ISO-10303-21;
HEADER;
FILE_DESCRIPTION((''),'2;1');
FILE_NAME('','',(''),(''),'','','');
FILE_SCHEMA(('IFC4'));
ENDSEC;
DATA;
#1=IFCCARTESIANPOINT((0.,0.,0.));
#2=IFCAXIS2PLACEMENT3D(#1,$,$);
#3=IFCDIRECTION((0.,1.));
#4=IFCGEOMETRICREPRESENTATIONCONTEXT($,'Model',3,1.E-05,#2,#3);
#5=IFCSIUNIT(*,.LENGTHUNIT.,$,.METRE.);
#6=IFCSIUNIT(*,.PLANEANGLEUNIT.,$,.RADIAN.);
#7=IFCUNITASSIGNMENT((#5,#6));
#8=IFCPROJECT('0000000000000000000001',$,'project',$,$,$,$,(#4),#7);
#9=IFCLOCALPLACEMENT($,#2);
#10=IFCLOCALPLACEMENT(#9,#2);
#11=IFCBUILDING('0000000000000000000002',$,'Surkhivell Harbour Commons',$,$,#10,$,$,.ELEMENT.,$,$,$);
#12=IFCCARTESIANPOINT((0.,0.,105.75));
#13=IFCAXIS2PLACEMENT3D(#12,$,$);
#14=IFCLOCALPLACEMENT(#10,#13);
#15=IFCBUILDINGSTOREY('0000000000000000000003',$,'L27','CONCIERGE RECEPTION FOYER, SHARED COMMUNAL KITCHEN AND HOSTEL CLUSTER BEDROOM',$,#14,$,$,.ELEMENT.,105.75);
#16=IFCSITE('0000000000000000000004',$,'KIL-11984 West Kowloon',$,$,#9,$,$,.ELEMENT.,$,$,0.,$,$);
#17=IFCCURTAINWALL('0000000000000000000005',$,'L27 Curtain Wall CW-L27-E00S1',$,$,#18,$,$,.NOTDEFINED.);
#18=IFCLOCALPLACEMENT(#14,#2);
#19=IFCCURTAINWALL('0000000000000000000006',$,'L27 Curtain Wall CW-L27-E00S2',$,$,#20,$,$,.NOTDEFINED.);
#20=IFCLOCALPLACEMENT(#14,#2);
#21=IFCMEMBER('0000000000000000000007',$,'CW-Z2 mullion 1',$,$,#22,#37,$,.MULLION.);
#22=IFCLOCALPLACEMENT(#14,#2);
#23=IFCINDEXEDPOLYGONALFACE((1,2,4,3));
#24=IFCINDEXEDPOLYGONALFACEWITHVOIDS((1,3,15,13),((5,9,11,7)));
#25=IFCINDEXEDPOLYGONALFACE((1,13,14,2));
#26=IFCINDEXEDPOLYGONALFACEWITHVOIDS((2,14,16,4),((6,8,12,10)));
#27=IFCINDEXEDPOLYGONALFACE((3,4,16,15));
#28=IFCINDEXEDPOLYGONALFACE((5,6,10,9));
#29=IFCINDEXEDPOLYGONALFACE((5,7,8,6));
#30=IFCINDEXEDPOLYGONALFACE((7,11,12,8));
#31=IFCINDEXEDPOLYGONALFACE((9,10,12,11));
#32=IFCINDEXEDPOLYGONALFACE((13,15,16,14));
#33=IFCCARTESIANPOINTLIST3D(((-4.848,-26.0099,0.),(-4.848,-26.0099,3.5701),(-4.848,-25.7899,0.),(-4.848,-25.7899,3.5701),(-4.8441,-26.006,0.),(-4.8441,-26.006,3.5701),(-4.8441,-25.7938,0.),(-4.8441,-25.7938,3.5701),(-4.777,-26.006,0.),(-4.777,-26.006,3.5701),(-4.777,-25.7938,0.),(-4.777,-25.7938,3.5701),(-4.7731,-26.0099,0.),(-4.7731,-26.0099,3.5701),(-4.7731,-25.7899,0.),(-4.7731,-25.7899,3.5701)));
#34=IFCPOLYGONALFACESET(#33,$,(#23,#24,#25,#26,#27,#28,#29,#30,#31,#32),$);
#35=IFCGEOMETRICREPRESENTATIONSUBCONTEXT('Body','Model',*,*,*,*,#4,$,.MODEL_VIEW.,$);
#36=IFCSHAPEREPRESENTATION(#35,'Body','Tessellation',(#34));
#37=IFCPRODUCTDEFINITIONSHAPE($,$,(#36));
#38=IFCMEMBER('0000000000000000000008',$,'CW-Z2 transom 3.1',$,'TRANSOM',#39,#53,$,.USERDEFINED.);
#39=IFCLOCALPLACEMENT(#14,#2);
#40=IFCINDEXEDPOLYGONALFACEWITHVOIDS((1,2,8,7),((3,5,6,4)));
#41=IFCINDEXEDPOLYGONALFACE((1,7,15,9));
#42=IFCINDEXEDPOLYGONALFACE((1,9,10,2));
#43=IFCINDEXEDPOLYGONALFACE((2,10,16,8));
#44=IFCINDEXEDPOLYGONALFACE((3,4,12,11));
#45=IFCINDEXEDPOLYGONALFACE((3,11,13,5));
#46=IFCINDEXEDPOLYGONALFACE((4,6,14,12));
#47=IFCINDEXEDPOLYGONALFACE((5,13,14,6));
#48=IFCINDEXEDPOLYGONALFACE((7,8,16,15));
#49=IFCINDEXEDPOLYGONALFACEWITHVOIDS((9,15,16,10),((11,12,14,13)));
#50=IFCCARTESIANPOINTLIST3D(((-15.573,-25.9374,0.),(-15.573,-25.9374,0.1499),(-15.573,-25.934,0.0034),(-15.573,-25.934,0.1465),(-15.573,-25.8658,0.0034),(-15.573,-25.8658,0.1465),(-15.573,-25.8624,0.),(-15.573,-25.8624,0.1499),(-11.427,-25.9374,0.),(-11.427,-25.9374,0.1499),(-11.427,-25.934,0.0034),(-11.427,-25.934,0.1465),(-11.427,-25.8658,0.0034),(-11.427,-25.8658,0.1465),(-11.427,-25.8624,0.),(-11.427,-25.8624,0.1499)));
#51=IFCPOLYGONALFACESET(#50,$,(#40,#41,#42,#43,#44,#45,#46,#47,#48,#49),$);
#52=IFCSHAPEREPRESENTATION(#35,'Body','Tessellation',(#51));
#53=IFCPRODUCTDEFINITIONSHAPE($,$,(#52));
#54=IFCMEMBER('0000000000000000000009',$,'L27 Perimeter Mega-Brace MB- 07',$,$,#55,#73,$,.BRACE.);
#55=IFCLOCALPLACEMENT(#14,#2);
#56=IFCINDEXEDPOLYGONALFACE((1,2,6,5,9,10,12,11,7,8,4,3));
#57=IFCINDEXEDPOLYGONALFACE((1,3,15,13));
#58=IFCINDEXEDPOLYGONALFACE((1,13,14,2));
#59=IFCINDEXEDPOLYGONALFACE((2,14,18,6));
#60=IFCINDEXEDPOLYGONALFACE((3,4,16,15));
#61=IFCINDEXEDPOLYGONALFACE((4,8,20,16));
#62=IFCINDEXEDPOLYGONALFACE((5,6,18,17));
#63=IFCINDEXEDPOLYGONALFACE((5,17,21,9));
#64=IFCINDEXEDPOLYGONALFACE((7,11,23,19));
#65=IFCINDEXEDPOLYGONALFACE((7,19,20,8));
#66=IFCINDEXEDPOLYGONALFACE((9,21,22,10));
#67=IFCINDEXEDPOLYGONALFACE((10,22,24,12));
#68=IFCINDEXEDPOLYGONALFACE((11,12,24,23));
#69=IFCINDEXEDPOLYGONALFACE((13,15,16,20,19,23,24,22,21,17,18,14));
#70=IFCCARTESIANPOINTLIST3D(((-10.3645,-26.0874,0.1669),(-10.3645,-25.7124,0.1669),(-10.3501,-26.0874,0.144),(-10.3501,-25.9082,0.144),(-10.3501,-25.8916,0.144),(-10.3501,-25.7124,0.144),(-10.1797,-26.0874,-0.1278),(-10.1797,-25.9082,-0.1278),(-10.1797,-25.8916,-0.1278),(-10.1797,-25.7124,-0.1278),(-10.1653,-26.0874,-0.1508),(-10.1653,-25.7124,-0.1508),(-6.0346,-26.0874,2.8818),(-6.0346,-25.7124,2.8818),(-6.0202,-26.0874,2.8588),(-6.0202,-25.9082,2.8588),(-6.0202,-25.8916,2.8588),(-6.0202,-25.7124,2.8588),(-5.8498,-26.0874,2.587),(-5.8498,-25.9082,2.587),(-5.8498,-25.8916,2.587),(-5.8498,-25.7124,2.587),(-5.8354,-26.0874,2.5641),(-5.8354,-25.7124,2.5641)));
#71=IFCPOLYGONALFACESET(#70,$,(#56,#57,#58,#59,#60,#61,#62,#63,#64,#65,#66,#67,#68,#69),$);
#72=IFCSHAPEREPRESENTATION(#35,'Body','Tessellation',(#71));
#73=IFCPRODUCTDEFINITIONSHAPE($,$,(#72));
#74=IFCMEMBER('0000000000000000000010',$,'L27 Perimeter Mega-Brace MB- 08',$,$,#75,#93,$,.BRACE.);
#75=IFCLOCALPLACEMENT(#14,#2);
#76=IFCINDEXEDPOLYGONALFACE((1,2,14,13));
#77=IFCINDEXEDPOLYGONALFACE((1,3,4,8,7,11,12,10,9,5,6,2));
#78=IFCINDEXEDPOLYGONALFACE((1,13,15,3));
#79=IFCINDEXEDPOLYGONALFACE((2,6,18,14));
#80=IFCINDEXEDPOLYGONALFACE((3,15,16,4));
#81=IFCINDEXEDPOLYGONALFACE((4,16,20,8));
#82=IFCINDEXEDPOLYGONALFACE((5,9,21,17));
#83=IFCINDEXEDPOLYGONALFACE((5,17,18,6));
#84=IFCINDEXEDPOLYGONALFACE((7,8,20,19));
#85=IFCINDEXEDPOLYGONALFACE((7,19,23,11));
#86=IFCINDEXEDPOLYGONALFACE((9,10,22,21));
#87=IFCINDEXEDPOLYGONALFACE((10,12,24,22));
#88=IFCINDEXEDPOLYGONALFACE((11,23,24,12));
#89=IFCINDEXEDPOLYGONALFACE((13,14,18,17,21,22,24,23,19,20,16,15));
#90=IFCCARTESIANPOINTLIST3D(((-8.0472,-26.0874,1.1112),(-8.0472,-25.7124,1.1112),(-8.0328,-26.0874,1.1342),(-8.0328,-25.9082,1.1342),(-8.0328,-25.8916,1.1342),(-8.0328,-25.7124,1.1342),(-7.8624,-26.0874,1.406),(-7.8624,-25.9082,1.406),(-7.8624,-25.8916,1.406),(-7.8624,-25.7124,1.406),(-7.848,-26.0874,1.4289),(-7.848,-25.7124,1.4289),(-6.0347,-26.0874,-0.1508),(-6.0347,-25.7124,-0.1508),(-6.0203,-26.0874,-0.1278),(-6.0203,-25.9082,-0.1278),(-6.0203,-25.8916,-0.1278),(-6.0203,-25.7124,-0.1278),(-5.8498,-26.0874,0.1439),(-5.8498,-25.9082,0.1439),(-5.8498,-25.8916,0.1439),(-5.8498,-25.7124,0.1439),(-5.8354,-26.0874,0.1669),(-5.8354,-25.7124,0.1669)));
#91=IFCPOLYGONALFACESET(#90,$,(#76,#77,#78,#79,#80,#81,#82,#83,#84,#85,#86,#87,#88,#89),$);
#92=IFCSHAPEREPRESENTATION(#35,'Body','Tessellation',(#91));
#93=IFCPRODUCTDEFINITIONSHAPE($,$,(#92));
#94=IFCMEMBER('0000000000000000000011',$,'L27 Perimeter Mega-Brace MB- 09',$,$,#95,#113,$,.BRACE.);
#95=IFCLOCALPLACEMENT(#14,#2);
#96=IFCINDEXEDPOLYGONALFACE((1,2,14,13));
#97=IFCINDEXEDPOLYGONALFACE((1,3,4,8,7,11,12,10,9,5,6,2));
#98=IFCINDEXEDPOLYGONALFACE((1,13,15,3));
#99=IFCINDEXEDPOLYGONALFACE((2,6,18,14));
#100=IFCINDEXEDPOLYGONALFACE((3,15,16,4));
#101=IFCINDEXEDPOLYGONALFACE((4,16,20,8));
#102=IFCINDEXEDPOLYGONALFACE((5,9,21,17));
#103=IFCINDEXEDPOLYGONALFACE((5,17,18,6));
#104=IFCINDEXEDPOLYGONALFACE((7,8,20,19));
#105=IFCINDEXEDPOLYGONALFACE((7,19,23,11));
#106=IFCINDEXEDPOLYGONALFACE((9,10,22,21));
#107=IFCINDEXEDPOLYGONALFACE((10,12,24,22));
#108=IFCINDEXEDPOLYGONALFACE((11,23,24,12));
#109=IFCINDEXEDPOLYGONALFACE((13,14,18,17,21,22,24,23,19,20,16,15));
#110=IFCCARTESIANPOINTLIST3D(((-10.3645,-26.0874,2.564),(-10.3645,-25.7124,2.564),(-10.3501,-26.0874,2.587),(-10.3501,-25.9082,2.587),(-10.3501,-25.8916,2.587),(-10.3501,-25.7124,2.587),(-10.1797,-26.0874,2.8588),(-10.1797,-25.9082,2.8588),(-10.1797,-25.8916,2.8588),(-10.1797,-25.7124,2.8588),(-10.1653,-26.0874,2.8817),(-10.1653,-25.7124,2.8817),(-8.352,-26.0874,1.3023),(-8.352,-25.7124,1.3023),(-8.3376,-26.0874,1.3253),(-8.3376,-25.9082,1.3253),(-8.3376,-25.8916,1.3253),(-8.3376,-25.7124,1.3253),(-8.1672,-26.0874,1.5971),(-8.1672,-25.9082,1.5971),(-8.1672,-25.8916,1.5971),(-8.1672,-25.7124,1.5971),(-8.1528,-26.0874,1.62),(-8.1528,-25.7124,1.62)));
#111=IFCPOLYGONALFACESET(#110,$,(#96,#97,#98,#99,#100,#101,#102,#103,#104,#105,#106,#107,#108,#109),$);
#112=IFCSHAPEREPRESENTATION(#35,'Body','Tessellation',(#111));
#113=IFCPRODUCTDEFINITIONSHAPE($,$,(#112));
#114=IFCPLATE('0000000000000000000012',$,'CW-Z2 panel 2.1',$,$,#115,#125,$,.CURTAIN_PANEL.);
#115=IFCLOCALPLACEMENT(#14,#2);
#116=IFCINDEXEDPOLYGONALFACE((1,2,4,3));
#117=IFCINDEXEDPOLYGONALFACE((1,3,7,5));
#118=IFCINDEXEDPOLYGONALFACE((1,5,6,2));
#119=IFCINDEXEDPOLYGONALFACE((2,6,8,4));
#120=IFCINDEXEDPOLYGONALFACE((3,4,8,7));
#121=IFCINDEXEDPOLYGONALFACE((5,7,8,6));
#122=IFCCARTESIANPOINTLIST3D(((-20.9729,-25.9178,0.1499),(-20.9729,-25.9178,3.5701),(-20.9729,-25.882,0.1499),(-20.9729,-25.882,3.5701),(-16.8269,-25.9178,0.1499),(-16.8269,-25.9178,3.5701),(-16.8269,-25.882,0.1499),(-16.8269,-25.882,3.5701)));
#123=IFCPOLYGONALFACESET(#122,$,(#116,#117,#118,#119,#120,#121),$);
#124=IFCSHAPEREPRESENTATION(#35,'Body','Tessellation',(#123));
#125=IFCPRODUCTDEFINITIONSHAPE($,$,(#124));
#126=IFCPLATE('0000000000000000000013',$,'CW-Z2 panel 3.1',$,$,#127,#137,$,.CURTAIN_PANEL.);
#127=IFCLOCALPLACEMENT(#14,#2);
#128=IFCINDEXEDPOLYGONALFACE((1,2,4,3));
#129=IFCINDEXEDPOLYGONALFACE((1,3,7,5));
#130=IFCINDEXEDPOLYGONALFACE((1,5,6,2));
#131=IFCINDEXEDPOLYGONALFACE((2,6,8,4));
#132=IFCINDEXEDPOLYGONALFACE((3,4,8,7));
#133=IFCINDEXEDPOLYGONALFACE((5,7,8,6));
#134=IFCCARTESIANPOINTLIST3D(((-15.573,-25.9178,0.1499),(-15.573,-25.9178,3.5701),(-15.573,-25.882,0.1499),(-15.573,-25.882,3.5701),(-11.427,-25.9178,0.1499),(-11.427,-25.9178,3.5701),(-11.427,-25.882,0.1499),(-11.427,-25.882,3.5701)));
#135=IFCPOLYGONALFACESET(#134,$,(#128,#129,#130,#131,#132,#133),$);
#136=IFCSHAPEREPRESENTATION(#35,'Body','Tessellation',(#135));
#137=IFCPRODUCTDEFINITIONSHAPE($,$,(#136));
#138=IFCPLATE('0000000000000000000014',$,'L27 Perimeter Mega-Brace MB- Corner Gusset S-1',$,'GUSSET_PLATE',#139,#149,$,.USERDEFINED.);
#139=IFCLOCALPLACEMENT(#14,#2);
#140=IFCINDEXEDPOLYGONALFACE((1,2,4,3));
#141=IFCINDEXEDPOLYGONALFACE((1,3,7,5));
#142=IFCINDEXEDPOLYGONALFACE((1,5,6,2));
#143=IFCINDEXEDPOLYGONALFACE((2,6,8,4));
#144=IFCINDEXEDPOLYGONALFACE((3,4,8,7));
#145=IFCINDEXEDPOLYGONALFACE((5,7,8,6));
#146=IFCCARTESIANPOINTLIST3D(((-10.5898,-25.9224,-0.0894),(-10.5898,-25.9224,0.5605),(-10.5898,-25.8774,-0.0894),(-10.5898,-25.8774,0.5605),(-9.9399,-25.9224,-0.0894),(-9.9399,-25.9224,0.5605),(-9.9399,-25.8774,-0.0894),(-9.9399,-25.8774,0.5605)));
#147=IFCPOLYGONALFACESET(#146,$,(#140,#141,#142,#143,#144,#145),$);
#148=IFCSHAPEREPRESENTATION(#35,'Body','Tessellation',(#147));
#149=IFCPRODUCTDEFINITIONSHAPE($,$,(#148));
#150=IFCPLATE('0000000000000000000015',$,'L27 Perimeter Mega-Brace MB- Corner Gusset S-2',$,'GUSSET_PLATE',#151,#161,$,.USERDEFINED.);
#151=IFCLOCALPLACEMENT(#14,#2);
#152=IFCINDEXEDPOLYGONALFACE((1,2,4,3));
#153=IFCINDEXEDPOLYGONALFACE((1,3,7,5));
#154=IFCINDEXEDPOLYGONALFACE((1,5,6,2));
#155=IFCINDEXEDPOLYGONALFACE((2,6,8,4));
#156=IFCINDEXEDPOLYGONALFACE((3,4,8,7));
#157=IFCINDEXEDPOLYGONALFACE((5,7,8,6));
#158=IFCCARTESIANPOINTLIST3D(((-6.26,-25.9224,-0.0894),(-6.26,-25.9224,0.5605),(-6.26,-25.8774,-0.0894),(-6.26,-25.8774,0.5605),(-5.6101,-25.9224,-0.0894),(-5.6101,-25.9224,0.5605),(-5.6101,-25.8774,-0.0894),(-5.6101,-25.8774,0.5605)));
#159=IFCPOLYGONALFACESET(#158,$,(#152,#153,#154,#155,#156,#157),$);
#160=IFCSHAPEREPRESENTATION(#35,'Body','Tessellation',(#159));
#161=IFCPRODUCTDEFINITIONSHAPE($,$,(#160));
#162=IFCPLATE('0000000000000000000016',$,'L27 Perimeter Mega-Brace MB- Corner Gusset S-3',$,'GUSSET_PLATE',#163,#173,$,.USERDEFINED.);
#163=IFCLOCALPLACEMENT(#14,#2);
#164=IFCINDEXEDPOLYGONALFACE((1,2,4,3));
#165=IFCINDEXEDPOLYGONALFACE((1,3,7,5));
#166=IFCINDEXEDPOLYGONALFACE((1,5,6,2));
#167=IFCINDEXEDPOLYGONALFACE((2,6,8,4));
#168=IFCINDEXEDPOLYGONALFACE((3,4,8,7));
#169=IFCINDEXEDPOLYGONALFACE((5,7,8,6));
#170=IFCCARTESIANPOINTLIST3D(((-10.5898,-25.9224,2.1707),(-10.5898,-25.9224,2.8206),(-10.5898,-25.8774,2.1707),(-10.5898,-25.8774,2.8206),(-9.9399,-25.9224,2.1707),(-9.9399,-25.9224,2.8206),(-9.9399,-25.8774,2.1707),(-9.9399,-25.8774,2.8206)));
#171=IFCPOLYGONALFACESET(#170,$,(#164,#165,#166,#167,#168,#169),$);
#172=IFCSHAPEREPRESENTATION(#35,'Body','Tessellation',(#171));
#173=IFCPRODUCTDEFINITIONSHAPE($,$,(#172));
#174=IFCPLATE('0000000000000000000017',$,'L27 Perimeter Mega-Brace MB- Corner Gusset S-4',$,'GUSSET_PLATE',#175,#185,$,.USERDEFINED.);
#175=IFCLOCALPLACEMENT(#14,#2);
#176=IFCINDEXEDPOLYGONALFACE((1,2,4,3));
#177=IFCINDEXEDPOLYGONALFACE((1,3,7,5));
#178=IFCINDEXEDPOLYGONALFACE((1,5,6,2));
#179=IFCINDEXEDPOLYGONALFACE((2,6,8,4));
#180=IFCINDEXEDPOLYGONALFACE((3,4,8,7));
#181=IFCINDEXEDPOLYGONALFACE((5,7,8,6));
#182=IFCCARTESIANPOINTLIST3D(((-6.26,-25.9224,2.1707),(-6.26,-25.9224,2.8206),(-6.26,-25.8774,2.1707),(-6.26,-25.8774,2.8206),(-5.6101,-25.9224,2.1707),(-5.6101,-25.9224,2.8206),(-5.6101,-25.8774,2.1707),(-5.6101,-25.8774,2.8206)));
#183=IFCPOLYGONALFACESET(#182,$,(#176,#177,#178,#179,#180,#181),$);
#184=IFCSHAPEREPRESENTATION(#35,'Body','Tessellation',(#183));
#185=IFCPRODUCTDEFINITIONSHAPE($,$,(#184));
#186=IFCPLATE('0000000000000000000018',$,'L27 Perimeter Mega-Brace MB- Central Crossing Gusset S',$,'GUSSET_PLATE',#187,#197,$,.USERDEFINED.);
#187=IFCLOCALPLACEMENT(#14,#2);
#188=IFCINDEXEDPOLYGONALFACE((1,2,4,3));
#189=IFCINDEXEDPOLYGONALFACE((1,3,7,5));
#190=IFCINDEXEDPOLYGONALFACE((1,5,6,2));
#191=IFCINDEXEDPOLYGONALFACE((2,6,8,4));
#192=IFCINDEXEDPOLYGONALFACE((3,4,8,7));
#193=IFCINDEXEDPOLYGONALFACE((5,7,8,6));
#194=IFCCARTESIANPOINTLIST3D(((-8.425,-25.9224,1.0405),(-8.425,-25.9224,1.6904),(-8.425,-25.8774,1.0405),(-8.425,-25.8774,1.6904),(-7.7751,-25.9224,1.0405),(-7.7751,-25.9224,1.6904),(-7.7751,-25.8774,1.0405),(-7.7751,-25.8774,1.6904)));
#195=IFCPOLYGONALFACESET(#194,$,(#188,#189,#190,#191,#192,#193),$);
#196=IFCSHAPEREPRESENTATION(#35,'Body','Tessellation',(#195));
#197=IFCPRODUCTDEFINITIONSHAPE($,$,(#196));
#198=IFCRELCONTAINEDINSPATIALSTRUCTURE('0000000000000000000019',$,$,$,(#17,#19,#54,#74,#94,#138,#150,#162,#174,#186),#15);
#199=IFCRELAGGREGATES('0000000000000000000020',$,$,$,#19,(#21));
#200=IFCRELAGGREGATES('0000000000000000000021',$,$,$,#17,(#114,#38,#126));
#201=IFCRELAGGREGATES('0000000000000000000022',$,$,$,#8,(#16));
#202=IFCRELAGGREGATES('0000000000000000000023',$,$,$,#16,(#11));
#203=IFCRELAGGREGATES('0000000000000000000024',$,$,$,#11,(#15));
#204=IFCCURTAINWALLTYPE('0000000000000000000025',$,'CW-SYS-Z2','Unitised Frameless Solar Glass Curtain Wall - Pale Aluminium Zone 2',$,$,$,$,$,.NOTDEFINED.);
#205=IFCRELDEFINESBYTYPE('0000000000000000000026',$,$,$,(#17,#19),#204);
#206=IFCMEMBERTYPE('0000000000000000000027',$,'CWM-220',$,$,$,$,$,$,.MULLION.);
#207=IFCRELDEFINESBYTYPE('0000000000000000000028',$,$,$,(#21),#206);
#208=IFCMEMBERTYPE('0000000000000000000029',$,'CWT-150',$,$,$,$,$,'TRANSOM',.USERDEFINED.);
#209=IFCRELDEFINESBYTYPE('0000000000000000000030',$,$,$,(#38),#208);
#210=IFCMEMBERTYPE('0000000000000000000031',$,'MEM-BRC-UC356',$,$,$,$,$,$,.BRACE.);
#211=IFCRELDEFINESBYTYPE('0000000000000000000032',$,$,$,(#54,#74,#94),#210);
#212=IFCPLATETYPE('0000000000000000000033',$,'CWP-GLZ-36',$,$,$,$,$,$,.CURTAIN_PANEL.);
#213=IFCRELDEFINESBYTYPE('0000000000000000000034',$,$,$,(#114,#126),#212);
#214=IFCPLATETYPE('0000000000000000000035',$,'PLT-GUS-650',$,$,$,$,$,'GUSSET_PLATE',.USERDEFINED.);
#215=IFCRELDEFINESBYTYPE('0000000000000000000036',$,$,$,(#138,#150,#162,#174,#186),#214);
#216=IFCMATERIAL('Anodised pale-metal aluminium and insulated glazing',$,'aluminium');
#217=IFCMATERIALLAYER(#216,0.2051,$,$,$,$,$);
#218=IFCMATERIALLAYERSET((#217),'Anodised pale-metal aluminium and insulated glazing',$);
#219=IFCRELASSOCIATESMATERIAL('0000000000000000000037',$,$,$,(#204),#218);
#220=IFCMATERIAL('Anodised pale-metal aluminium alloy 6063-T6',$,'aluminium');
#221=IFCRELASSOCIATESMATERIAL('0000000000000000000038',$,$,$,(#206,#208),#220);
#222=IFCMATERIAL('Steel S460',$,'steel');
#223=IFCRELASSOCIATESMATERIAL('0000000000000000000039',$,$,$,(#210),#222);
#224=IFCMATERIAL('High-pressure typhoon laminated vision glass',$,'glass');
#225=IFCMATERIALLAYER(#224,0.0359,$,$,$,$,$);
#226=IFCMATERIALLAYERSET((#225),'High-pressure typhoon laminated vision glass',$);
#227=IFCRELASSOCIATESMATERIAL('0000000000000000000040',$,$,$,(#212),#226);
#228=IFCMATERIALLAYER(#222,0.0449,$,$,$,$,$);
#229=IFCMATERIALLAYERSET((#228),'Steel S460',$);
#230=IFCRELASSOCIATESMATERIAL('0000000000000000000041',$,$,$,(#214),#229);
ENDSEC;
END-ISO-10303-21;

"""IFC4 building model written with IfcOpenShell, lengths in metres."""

from ifc_helpers import new_model, si_unit, direction, frame, frame_2d, origin, origin_2d, place, context, subcontext, project, spatial, rectangle, hollow_rectangle, i_section, extrude, material, layer, layer_set, material_profile, profile_set, type_object, element, aggregate, save


model = new_model("IFC4")

# Units and contexts
model_context = context("Model", 3, precision=1e-05, world=origin(), true_north=direction((0.0, 1.0)))
body_context = subcontext(model_context, "Body", "Model", "MODEL_VIEW")
ifc_project = project(units=[si_unit("LENGTHUNIT", "METRE"), si_unit("PLANEANGLEUNIT", "RADIAN")], contexts=[model_context])

# Site, building, storey
site_placement = place(None, origin())
site = spatial("IfcSite", under=ifc_project, at=site_placement, Name="KIL-11984 West Kowloon", CompositionType="ELEMENT", RefElevation=0.0)
building_placement = place(site_placement, origin())
building = spatial("IfcBuilding", under=site, at=building_placement, Name="Surkhivell Harbour Commons", CompositionType="ELEMENT")
storey_placement = place(building_placement, frame((0.0, 0.0, 105.75)))
storey = spatial("IfcBuildingStorey", under=building, at=storey_placement, Name="L27", Description="CONCIERGE RECEPTION FOYER, SHARED COMMUNAL KITCHEN AND HOSTEL CLUSTER BEDROOM", CompositionType="ELEMENT", Elevation=105.75)

# Shared definitions
ifc_material_1 = material(Name="Steel S460", Category="steel")

# Curtain wall
ifc_material_2 = material(Name="Anodised pale-metal aluminium and insulated glazing", Category="aluminium")
ifc_layer_1 = layer(ifc_material_2, 0.2051)
ifc_layer_set_1 = layer_set([ifc_layer_1], Name="Anodised pale-metal aluminium and insulated glazing")
curtain_wall_type = type_object("IfcCurtainWallType", Name="CW-SYS-Z2", Description="Unitised Frameless Solar Glass Curtain Wall - Pale Aluminium Zone 2", PredefinedType="NOTDEFINED", material=ifc_layer_set_1)
curtain_wall_1_placement = place(storey_placement, origin())
curtain_wall_1 = element("IfcCurtainWall", 1, at=curtain_wall_1_placement, inside=storey, type_object=curtain_wall_type, Name="L27 Curtain Wall CW-L27-E00S1", PredefinedType="NOTDEFINED")
ifc_material_3 = material(Name="Anodised pale-metal aluminium alloy 6063-T6", Category="aluminium")
ifc_material_profile_1 = material_profile(ifc_material_3, hollow_rectangle(XDim=0.075, YDim=0.22, WallThickness=0.0039, at=origin_2d()), Name="ALU-MULL-75x220")
ifc_profile_set_1 = profile_set([ifc_material_profile_1], Name="Anodised pale-metal aluminium alloy 6063-T6")
member_type_1 = type_object("IfcMemberType", Name="CWM-220", PredefinedType="MULLION", material=ifc_profile_set_1)

# Curtain wall, member
curtain_wall_2_placement = place(storey_placement, origin())
curtain_wall_2 = element("IfcCurtainWall", 2, at=curtain_wall_2_placement, inside=storey, type_object=curtain_wall_type, Name="L27 Curtain Wall CW-L27-E00S2", PredefinedType="NOTDEFINED")
member_1_placement = place(storey_placement, frame((-4.8105, -25.8999, 0.0), z_axis=(0.0, 0.0, 1.0), x_axis=(1.0, 0.0, 0.0)))
member_1 = element("IfcMember", 3, at=member_1_placement, type_object=member_type_1, Name="CW-Z2 mullion 1", PredefinedType="MULLION", context=body_context, shape_type="SweptSolid", body=[
    extrude(hollow_rectangle(XDim=0.075, YDim=0.22, WallThickness=0.0039, at=origin_2d()), origin(), (0.0, 0.0, 1.0), 3.5701),
])
aggregate(curtain_wall_2, [member_1])

# Member
ifc_material_profile_2 = material_profile(ifc_material_3, hollow_rectangle(XDim=0.075, YDim=0.1499, WallThickness=0.0034, at=origin_2d()), Name="ALU-TRAN-75x150")
ifc_profile_set_2 = profile_set([ifc_material_profile_2], Name="Anodised pale-metal aluminium alloy 6063-T6")
member_type_2 = type_object("IfcMemberType", Name="CWT-150", ElementType="TRANSOM", PredefinedType="USERDEFINED", material=ifc_profile_set_2)
member_2_placement = place(storey_placement, frame((-15.573, -25.8999, 0.075), z_axis=(1.0, 0.0, 0.0), x_axis=(0.0, 1.0, 0.0)))
member_2 = element("IfcMember", 4, at=member_2_placement, type_object=member_type_2, Name="CW-Z2 transom 3.1", ObjectType="TRANSOM", PredefinedType="USERDEFINED", context=body_context, shape_type="SweptSolid", body=[
    extrude(hollow_rectangle(XDim=0.075, YDim=0.1499, WallThickness=0.0034, at=origin_2d()), origin(), (0.0, 0.0, 1.0), 4.146),
])

# Members
ifc_material_profile_3 = material_profile(ifc_material_1, i_section(OverallWidth=0.375, OverallDepth=0.375, WebThickness=0.0166, FlangeThickness=0.0271, at=origin_2d()), Name="UC356x368x202")
ifc_profile_set_3 = profile_set([ifc_material_profile_3], Name="Steel S460")
member_type_3 = type_object("IfcMemberType", Name="MEM-BRC-UC356", PredefinedType="BRACE", material=ifc_profile_set_3)
member_3_placement = place(storey_placement, frame((-10.2649, -25.8999, 0.0081), z_axis=(0.847233, 0.0, 0.531222), x_axis=(0.0, 1.0, 0.0)))
element("IfcMember", 5, at=member_3_placement, inside=storey, type_object=member_type_3, Name="L27 Perimeter Mega-Brace MB- 07", PredefinedType="BRACE", context=body_context, shape_type="SweptSolid", body=[
    extrude(i_section(OverallWidth=0.375, OverallDepth=0.375, WebThickness=0.0166, FlangeThickness=0.0271, at=origin_2d()), origin(), (0.0, 0.0, 1.0), 5.1106),
])
member_4_placement = place(storey_placement, frame((-5.9351, -25.8999, 0.0081), z_axis=(-0.847206, 0.0, 0.531264), x_axis=(0.0, -1.0, 0.0)))
element("IfcMember", 6, at=member_4_placement, inside=storey, type_object=member_type_3, Name="L27 Perimeter Mega-Brace MB- 08", PredefinedType="BRACE", context=body_context, shape_type="SweptSolid", body=[
    extrude(i_section(OverallWidth=0.375, OverallDepth=0.375, WebThickness=0.0166, FlangeThickness=0.0271, at=origin_2d()), origin(), (0.0, 0.0, 1.0), 2.3755),
])
member_5_placement = place(storey_placement, frame((-8.2524, -25.8999, 1.4612), z_axis=(-0.847253, 0.0, 0.53119), x_axis=(0.0, -1.0, 0.0)))
element("IfcMember", 7, at=member_5_placement, inside=storey, type_object=member_type_3, Name="L27 Perimeter Mega-Brace MB- 09", PredefinedType="BRACE", context=body_context, shape_type="SweptSolid", body=[
    extrude(i_section(OverallWidth=0.375, OverallDepth=0.375, WebThickness=0.0166, FlangeThickness=0.0271, at=origin_2d()), origin(), (0.0, 0.0, 1.0), 2.3752),
])

# Plates
ifc_material_4 = material(Name="High-pressure typhoon laminated vision glass", Category="glass")
ifc_layer_2 = layer(ifc_material_4, 0.0359)
ifc_layer_set_2 = layer_set([ifc_layer_2], Name="High-pressure typhoon laminated vision glass")
plate_type_1 = type_object("IfcPlateType", Name="CWP-GLZ-36", PredefinedType="CURTAIN_PANEL", material=ifc_layer_set_2)
plate_1_placement = place(storey_placement, frame((-20.9729, -25.8999, 0.1499), z_axis=(0.0, 0.0, 1.0), x_axis=(1.0, 0.0, 0.0)))
plate_1 = element("IfcPlate", 8, at=plate_1_placement, type_object=plate_type_1, Name="CW-Z2 panel 2.1", PredefinedType="CURTAIN_PANEL", context=body_context, shape_type="SweptSolid", body=[
    extrude(rectangle(XDim=4.146, YDim=0.0359, at=frame_2d((2.073, 0.0))), origin(), (0.0, 0.0, 1.0), 3.4202),
])
plate_2_placement = place(storey_placement, frame((-15.573, -25.8999, 0.1499), z_axis=(0.0, 0.0, 1.0), x_axis=(1.0, 0.0, 0.0)))
plate_2 = element("IfcPlate", 9, at=plate_2_placement, type_object=plate_type_1, Name="CW-Z2 panel 3.1", PredefinedType="CURTAIN_PANEL", context=body_context, shape_type="SweptSolid", body=[
    extrude(rectangle(XDim=4.146, YDim=0.0359, at=frame_2d((2.073, 0.0))), origin(), (0.0, 0.0, 1.0), 3.4202),
])
aggregate(curtain_wall_1, [plate_1, member_2, plate_2])

# Plates
ifc_layer_3 = layer(ifc_material_1, 0.0449)
ifc_layer_set_3 = layer_set([ifc_layer_3], Name="Steel S460")
plate_type_2 = type_object("IfcPlateType", Name="PLT-GUS-650", ElementType="GUSSET_PLATE", PredefinedType="USERDEFINED", material=ifc_layer_set_3)
for number, where, z_axis, x_axis, name in (
    (10, (-10.2649, -25.8999, -0.0894), (0.0, 0.0, 1.0), (1.0, 0.0, 0.0), "L27 Perimeter Mega-Brace MB- Corner Gusset S-1"),
    (11, (-5.9351, -25.8999, -0.0894), (0.0, 0.0, 1.0), (1.0, 0.0, 0.0), "L27 Perimeter Mega-Brace MB- Corner Gusset S-2"),
    (12, (-10.2649, -25.8999, 2.1707), (0.0, 0.0, 1.0), (1.0, 0.0, 0.0), "L27 Perimeter Mega-Brace MB- Corner Gusset S-3"),
    (13, (-5.9351, -25.8999, 2.1707), (0.0, 0.0, 1.0), (1.0, 0.0, 0.0), "L27 Perimeter Mega-Brace MB- Corner Gusset S-4"),
    (14, (-8.1001, -25.8999, 1.0405), (0.0, 0.0, 1.0), (1.0, 0.0, 0.0), "L27 Perimeter Mega-Brace MB- Central Crossing Gusset S"),
):
    element("IfcPlate", number, at=place(storey_placement, frame(where, z_axis=z_axis, x_axis=x_axis)), inside=storey, type_object=plate_type_2, Name=name, ObjectType="GUSSET_PLATE", PredefinedType="USERDEFINED", context=body_context, shape_type="SweptSolid", body=[
        extrude(rectangle(XDim=0.6499, YDim=0.0449, at=origin_2d()), origin(), (0.0, 0.0, 1.0), 0.6499),
    ])

save(model, "model.ifc")
